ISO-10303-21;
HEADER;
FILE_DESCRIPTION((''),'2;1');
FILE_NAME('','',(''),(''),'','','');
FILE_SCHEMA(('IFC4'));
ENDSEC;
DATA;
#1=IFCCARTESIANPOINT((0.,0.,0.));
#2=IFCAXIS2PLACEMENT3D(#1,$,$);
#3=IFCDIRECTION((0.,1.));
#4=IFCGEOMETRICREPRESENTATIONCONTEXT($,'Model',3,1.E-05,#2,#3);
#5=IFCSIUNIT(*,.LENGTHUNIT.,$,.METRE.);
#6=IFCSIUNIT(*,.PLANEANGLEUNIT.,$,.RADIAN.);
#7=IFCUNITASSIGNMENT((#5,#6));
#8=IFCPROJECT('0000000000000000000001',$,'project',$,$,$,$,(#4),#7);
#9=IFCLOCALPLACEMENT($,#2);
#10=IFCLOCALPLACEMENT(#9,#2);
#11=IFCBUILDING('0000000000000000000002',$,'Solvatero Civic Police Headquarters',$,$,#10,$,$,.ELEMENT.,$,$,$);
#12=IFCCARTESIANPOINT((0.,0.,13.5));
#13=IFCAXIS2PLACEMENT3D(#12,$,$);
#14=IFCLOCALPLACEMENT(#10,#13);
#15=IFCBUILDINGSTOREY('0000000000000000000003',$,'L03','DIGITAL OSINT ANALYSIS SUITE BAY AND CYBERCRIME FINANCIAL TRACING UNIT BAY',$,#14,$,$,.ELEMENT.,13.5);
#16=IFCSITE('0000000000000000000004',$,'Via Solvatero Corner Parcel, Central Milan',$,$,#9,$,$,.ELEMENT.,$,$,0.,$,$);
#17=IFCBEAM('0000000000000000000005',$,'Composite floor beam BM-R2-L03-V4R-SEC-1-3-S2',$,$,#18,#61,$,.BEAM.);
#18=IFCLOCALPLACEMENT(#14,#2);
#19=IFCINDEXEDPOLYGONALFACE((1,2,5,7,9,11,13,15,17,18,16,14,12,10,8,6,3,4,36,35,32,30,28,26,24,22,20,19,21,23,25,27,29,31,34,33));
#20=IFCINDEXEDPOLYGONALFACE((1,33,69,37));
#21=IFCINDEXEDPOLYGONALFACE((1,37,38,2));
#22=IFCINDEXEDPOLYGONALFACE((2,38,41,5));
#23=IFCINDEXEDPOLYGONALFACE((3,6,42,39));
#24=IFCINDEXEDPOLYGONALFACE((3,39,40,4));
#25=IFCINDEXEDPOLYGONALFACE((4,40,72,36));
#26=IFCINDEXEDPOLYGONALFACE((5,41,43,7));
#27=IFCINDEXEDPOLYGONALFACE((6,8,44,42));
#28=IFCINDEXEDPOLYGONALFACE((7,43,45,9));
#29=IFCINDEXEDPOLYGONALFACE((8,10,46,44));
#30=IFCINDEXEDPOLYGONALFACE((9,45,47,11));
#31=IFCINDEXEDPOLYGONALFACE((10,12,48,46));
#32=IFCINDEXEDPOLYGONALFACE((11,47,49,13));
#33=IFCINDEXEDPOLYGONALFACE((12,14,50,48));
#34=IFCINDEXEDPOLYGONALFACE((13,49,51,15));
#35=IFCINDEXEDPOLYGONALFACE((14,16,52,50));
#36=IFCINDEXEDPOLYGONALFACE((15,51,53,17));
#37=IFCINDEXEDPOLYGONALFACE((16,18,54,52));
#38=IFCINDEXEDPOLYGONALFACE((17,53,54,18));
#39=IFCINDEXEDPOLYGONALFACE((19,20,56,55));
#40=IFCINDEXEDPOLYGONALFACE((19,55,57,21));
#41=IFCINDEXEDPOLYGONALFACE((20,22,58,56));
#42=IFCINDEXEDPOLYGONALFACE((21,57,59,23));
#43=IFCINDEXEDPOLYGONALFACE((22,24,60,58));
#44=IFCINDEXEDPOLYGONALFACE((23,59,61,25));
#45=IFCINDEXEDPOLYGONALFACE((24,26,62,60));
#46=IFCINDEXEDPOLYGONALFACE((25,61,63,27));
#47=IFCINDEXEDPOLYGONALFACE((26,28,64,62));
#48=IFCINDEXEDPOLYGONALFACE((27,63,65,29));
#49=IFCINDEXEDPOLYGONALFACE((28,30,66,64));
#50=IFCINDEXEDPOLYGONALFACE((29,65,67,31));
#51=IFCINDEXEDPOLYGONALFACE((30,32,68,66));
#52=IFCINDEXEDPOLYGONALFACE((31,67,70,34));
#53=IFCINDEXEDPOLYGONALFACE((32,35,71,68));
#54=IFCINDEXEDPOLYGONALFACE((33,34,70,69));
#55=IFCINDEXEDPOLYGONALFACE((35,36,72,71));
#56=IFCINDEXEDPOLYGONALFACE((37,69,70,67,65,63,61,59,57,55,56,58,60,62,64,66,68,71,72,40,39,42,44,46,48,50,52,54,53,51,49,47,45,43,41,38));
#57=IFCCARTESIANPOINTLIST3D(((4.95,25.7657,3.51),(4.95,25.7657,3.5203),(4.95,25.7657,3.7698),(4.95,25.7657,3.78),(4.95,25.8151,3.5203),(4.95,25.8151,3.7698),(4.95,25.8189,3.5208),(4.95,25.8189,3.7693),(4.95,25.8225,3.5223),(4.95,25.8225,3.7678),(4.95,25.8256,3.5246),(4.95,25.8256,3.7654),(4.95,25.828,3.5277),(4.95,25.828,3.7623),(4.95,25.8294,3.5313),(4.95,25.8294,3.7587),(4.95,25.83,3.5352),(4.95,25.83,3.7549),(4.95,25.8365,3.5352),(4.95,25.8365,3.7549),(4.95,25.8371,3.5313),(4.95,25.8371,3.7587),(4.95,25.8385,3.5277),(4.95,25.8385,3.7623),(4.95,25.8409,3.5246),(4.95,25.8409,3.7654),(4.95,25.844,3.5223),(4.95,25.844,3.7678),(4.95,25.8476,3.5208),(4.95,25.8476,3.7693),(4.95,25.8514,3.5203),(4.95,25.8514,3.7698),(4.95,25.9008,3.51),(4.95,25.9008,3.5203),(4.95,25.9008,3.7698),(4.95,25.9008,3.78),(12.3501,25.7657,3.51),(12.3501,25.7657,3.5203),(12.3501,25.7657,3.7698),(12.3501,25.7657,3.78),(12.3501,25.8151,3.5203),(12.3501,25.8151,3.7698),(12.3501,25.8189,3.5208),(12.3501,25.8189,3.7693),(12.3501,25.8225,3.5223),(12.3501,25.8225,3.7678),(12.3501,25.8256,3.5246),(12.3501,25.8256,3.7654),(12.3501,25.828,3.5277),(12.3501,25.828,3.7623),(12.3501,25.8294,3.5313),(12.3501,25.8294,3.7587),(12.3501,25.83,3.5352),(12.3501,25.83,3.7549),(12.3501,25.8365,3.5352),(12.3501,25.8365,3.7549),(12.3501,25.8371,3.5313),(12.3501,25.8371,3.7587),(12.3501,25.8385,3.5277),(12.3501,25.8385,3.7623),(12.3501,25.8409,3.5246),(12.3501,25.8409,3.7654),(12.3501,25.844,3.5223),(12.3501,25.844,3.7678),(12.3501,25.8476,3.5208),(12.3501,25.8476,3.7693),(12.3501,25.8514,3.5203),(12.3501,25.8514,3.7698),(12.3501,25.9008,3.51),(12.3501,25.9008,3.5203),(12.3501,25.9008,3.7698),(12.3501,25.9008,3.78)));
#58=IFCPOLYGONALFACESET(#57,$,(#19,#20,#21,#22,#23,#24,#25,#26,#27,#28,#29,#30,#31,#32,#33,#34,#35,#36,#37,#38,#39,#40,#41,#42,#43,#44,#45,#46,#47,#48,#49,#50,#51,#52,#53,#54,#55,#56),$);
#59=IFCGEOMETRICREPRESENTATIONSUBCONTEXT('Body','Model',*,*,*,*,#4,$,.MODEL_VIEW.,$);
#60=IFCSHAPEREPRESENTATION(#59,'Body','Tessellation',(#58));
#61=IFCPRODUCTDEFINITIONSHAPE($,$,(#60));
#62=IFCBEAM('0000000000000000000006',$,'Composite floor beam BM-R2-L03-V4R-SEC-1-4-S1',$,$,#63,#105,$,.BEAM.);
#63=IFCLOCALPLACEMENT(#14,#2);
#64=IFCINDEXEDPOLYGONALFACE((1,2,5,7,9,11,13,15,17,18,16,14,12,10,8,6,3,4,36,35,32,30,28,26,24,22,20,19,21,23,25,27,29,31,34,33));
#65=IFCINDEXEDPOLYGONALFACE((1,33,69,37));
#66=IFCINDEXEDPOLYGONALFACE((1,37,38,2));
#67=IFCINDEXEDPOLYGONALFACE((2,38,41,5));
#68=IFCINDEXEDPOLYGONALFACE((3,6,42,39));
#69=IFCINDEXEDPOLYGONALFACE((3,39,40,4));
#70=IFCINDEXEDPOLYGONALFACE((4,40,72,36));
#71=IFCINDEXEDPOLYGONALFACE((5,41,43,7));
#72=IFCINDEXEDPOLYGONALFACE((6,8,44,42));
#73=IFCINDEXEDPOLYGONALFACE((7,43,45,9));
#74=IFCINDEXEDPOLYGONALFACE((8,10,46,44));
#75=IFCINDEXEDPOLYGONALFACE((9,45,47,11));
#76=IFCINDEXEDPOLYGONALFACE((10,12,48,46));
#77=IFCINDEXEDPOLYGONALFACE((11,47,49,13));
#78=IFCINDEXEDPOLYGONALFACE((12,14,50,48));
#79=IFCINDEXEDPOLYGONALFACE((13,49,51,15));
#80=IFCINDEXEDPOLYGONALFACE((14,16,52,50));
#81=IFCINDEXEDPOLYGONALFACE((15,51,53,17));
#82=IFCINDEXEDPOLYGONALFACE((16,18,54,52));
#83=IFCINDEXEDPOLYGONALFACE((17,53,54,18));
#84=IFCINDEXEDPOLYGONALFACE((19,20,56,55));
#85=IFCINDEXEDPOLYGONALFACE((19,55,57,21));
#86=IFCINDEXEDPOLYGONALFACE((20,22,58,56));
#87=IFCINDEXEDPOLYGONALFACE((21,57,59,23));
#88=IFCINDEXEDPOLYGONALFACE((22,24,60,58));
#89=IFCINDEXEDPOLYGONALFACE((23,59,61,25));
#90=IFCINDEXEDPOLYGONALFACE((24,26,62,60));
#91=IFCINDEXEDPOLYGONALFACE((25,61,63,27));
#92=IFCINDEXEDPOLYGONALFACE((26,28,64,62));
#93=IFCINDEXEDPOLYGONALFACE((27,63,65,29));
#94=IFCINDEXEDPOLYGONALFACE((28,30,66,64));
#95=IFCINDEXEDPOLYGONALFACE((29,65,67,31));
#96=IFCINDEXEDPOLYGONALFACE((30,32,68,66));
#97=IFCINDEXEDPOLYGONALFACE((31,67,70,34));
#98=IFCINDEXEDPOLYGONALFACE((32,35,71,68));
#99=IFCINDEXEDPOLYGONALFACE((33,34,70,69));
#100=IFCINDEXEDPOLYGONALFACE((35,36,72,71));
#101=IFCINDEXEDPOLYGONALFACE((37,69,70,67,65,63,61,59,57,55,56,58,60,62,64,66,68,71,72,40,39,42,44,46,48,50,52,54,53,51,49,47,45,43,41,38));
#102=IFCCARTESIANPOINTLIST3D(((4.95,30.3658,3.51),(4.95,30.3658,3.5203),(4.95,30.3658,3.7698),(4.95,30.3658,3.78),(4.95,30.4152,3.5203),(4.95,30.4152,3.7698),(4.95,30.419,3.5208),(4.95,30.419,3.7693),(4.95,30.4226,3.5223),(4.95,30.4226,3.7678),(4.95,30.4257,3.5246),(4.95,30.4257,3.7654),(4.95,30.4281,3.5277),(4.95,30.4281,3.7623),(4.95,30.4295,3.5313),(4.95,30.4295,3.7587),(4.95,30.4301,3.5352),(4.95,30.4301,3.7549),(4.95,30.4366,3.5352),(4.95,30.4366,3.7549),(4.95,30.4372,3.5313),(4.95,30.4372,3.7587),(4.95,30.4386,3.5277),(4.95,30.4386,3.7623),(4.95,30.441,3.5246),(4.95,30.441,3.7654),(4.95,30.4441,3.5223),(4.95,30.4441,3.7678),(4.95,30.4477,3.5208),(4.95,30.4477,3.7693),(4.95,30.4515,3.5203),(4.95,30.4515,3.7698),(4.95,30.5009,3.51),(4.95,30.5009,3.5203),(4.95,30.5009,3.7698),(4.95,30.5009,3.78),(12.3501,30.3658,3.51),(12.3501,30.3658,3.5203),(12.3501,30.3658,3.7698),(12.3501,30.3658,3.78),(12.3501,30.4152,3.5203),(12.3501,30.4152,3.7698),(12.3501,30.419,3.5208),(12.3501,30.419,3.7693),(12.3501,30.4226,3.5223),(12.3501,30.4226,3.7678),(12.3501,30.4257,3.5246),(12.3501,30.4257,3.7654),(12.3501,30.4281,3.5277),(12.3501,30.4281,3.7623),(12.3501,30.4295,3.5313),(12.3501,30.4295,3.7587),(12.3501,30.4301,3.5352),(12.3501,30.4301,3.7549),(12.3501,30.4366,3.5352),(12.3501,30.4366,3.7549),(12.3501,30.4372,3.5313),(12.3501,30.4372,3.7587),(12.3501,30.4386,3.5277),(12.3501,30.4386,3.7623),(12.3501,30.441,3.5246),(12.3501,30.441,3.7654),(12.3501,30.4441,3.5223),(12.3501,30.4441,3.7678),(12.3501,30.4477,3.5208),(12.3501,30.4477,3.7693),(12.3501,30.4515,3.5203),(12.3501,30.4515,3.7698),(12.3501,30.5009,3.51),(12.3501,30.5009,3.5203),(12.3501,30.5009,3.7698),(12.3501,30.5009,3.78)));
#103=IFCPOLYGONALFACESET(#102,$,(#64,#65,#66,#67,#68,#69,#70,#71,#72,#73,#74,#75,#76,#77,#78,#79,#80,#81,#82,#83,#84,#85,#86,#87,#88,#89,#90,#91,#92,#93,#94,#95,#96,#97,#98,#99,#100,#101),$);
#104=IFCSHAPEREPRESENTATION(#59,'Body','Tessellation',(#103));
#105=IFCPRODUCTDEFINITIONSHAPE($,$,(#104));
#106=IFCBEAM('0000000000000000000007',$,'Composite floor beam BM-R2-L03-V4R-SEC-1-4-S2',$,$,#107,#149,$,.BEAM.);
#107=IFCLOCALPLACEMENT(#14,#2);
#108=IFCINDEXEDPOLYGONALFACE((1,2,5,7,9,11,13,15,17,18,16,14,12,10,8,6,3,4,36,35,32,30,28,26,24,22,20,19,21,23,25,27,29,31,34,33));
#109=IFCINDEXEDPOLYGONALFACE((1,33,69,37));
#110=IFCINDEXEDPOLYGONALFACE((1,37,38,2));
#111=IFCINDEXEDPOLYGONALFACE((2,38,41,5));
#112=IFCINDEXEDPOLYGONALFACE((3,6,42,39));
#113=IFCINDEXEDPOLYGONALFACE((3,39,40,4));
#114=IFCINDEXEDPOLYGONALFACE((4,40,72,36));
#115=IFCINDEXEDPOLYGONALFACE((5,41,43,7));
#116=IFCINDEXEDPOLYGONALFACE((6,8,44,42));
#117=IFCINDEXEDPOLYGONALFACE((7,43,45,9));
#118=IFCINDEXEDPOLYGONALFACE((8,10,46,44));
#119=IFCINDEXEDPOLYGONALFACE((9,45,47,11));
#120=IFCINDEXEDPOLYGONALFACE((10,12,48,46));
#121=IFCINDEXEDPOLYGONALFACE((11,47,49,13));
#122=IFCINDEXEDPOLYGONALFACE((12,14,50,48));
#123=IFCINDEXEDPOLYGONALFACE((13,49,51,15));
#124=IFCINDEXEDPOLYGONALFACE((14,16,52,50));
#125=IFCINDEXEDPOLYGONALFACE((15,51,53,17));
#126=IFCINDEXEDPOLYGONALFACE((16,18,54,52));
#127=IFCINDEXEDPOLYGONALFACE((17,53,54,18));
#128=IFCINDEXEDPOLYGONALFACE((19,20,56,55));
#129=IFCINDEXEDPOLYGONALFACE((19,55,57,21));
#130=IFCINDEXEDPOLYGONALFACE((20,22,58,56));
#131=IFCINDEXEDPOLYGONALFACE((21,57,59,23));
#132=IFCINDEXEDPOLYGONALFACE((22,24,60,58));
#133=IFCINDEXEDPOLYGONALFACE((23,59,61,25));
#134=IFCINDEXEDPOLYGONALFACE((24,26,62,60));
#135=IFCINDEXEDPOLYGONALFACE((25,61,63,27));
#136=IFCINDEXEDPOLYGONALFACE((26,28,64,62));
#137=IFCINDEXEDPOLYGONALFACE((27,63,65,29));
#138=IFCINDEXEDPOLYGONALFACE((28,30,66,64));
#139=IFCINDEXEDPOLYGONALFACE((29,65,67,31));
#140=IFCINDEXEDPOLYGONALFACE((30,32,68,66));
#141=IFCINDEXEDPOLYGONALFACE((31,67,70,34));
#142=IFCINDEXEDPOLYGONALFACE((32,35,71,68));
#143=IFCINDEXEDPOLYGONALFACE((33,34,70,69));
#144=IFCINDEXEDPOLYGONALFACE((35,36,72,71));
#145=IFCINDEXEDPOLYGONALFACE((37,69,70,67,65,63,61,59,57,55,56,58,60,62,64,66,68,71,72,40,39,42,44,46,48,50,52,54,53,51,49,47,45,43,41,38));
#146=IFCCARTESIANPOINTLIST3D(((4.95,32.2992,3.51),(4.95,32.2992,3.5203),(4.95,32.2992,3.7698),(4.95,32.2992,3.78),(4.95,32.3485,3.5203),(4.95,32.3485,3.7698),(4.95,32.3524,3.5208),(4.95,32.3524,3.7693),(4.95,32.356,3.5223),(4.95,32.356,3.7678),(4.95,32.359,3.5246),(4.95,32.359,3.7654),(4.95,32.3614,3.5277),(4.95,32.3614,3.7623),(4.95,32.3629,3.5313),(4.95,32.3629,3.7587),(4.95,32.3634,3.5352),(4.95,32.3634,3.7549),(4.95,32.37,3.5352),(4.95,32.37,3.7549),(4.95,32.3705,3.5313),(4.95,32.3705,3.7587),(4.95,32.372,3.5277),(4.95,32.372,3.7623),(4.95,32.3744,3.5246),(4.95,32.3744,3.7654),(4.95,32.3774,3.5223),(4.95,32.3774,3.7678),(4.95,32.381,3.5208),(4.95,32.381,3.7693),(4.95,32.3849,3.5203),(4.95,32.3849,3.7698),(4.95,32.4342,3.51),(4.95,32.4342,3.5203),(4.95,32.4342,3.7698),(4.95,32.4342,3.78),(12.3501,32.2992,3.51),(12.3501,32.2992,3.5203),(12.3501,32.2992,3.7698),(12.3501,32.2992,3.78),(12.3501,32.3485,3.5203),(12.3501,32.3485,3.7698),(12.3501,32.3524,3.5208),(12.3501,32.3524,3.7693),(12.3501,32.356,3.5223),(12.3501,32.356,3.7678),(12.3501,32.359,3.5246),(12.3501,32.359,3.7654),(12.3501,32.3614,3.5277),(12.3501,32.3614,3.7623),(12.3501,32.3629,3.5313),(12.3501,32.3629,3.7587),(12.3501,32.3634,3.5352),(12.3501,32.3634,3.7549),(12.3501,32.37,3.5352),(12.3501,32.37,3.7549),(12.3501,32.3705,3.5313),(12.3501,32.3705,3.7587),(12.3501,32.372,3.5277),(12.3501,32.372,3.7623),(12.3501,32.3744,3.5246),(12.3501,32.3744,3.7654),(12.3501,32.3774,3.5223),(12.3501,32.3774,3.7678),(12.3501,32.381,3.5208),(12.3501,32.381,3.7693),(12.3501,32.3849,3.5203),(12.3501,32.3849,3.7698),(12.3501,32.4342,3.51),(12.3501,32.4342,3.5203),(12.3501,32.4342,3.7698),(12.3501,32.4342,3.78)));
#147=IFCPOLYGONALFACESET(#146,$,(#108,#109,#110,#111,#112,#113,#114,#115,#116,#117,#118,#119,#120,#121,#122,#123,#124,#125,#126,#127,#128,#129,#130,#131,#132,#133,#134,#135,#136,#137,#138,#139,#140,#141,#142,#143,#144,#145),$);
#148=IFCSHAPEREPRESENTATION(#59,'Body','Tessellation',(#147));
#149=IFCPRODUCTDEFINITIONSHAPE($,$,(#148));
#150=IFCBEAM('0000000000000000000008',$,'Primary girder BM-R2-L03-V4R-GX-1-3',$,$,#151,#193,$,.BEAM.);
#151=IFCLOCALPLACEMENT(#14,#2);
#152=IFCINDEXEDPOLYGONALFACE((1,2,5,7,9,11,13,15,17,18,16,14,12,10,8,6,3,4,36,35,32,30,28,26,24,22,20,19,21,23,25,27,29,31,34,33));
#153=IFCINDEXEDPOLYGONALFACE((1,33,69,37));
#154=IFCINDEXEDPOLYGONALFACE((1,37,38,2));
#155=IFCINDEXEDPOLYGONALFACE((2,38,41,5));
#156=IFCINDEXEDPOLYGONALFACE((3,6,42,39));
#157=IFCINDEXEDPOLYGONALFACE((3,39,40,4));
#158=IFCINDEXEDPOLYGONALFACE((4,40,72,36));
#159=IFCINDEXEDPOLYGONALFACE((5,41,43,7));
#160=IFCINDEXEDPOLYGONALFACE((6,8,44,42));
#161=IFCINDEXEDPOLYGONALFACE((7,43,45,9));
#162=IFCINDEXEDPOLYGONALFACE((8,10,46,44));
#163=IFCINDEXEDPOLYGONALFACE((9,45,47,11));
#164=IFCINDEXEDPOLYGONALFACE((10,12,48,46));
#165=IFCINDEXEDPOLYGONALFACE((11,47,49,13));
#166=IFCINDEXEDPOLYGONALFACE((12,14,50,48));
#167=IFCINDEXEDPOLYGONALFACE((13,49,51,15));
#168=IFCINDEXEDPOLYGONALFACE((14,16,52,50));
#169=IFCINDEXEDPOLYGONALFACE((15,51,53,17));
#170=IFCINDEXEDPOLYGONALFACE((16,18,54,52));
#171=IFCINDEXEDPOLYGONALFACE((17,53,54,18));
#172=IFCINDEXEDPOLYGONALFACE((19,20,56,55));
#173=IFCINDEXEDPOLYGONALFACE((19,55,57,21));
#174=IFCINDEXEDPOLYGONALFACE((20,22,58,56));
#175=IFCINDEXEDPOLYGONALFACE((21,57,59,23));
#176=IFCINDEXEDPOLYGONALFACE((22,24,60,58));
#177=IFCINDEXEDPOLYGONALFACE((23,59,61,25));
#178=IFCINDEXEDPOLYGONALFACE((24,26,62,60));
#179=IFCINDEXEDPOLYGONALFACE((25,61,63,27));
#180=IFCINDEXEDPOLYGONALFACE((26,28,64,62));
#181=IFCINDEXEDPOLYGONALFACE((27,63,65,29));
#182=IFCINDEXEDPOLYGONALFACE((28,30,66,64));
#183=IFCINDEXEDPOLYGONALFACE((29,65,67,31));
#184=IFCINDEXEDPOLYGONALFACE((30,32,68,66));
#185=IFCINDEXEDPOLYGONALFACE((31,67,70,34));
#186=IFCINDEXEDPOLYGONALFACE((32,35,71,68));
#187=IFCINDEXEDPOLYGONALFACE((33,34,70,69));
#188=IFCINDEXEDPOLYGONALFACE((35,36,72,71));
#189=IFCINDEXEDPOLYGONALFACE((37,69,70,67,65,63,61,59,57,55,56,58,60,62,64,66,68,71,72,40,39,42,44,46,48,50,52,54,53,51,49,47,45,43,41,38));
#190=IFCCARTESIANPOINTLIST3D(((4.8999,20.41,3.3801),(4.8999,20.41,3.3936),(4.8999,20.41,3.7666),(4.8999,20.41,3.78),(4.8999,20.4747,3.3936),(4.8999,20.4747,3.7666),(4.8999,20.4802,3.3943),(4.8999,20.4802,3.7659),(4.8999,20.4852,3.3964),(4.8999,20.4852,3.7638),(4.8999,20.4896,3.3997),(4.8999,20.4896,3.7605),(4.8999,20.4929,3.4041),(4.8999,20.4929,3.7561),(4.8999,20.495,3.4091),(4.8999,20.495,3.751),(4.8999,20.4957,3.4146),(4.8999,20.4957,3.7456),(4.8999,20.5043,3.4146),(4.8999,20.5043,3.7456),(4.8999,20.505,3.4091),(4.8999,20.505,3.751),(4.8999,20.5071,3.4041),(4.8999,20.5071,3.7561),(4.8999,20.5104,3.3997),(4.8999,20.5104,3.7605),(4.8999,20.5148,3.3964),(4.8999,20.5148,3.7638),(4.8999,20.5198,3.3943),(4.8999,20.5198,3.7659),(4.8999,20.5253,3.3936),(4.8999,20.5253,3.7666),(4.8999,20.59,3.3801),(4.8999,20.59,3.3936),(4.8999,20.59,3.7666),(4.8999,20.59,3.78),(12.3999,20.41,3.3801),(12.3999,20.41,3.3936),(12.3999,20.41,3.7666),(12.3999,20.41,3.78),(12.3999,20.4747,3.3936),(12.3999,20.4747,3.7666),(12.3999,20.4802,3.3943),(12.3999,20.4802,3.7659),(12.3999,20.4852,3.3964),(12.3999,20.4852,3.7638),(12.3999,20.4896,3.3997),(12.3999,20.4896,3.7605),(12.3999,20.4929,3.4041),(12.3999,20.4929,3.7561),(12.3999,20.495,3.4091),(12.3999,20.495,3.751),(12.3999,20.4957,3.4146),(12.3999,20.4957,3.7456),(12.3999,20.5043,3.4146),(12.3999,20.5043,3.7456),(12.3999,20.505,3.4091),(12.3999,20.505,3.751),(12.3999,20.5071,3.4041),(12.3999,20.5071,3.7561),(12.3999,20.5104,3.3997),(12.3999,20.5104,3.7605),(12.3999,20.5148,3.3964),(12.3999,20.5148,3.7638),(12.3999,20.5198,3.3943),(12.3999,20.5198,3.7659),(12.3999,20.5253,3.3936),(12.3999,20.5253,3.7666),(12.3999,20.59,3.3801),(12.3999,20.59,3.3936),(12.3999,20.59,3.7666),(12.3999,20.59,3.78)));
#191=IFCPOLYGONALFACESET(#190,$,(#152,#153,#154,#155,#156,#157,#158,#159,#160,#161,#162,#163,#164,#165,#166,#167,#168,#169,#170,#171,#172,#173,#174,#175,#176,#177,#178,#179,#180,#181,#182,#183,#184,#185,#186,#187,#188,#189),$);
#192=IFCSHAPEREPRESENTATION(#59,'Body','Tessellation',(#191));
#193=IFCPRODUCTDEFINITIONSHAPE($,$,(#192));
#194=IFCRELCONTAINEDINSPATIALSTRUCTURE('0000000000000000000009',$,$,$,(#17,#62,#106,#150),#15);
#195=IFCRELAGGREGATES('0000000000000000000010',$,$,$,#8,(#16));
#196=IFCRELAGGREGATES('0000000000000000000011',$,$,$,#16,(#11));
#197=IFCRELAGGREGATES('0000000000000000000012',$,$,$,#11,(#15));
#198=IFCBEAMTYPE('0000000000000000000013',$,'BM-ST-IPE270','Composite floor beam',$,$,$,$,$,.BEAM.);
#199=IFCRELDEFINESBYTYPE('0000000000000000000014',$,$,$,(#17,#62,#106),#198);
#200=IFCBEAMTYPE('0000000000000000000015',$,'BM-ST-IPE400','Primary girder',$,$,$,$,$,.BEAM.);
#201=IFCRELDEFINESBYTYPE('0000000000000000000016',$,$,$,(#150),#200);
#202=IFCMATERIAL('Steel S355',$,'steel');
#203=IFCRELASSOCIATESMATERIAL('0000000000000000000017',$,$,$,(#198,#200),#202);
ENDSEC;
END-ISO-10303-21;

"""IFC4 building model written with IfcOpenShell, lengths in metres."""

from ifc_helpers import new_model, si_unit, direction, frame, origin, origin_2d, place, context, subcontext, project, spatial, i_section, extrude, material, material_profile, profile_set, type_object, element, save


model = new_model("IFC4")

# Units and contexts
model_context = context("Model", 3, precision=1e-05, world=origin(), true_north=direction((0.0, 1.0)))
body_context = subcontext(model_context, "Body", "Model", "MODEL_VIEW")
ifc_project = project(units=[si_unit("LENGTHUNIT", "METRE"), si_unit("PLANEANGLEUNIT", "RADIAN")], contexts=[model_context])

# Site, building, storey
site_placement = place(None, origin())
site = spatial("IfcSite", under=ifc_project, at=site_placement, Name="Via Solvatero Corner Parcel, Central Milan", CompositionType="ELEMENT", RefElevation=0.0)
building_placement = place(site_placement, origin())
building = spatial("IfcBuilding", under=site, at=building_placement, Name="Solvatero Civic Police Headquarters", CompositionType="ELEMENT")
storey_placement = place(building_placement, frame((0.0, 0.0, 13.5)))
storey = spatial("IfcBuildingStorey", under=building, at=storey_placement, Name="L03", Description="DIGITAL OSINT ANALYSIS SUITE BAY AND CYBERCRIME FINANCIAL TRACING UNIT BAY", CompositionType="ELEMENT", Elevation=13.5)

# Shared definitions
ifc_material_1 = material(Name="Steel S355", Category="steel")

# Beams
ifc_material_profile_1 = material_profile(ifc_material_1, i_section(OverallWidth=0.135, OverallDepth=0.27, WebThickness=0.0066, FlangeThickness=0.0103, FilletRadius=0.0149, at=origin_2d()), Name="IPE 270")
ifc_profile_set_1 = profile_set([ifc_material_profile_1], Name="Steel S355")
beam_type_1 = type_object("IfcBeamType", Name="BM-ST-IPE270", Description="Composite floor beam", PredefinedType="BEAM", material=ifc_profile_set_1)
for number, where, z_axis, x_axis, name in (
    (1, (4.95, 25.8333, 3.645), (1.0, 0.0, 0.0), (0.0, 1.0, 0.0), "Composite floor beam BM-R2-L03-V4R-SEC-1-3-S2"),
    (2, (4.95, 30.4333, 3.645), (1.0, 0.0, 0.0), (0.0, 1.0, 0.0), "Composite floor beam BM-R2-L03-V4R-SEC-1-4-S1"),
    (3, (4.95, 32.3667, 3.645), (1.0, 0.0, 0.0), (0.0, 1.0, 0.0), "Composite floor beam BM-R2-L03-V4R-SEC-1-4-S2"),
):
    element("IfcBeam", number, at=place(storey_placement, frame(where, z_axis=z_axis, x_axis=x_axis)), inside=storey, type_object=beam_type_1, Name=name, PredefinedType="BEAM", context=body_context, shape_type="SweptSolid", body=[
        extrude(i_section(OverallWidth=0.135, OverallDepth=0.27, WebThickness=0.0066, FlangeThickness=0.0103, FilletRadius=0.0149, at=origin_2d()), origin(), (0.0, 0.0, 1.0), 7.4001),
    ])
ifc_material_profile_2 = material_profile(ifc_material_1, i_section(OverallWidth=0.1799, OverallDepth=0.3999, WebThickness=0.0085, FlangeThickness=0.0134, FilletRadius=0.021, at=origin_2d()), Name="IPE 400")
ifc_profile_set_2 = profile_set([ifc_material_profile_2], Name="Steel S355")
beam_type_2 = type_object("IfcBeamType", Name="BM-ST-IPE400", Description="Primary girder", PredefinedType="BEAM", material=ifc_profile_set_2)
beam_1_placement = place(storey_placement, frame((4.8999, 20.5, 3.5801), z_axis=(1.0, 0.0, 0.0), x_axis=(0.0, 1.0, 0.0)))
element("IfcBeam", 4, at=beam_1_placement, inside=storey, type_object=beam_type_2, Name="Primary girder BM-R2-L03-V4R-GX-1-3", PredefinedType="BEAM", context=body_context, shape_type="SweptSolid", body=[
    extrude(i_section(OverallWidth=0.1799, OverallDepth=0.3999, WebThickness=0.0085, FlangeThickness=0.0134, FilletRadius=0.021, at=origin_2d()), origin(), (0.0, 0.0, 1.0), 7.5),
])

save(model, "model.ifc")
